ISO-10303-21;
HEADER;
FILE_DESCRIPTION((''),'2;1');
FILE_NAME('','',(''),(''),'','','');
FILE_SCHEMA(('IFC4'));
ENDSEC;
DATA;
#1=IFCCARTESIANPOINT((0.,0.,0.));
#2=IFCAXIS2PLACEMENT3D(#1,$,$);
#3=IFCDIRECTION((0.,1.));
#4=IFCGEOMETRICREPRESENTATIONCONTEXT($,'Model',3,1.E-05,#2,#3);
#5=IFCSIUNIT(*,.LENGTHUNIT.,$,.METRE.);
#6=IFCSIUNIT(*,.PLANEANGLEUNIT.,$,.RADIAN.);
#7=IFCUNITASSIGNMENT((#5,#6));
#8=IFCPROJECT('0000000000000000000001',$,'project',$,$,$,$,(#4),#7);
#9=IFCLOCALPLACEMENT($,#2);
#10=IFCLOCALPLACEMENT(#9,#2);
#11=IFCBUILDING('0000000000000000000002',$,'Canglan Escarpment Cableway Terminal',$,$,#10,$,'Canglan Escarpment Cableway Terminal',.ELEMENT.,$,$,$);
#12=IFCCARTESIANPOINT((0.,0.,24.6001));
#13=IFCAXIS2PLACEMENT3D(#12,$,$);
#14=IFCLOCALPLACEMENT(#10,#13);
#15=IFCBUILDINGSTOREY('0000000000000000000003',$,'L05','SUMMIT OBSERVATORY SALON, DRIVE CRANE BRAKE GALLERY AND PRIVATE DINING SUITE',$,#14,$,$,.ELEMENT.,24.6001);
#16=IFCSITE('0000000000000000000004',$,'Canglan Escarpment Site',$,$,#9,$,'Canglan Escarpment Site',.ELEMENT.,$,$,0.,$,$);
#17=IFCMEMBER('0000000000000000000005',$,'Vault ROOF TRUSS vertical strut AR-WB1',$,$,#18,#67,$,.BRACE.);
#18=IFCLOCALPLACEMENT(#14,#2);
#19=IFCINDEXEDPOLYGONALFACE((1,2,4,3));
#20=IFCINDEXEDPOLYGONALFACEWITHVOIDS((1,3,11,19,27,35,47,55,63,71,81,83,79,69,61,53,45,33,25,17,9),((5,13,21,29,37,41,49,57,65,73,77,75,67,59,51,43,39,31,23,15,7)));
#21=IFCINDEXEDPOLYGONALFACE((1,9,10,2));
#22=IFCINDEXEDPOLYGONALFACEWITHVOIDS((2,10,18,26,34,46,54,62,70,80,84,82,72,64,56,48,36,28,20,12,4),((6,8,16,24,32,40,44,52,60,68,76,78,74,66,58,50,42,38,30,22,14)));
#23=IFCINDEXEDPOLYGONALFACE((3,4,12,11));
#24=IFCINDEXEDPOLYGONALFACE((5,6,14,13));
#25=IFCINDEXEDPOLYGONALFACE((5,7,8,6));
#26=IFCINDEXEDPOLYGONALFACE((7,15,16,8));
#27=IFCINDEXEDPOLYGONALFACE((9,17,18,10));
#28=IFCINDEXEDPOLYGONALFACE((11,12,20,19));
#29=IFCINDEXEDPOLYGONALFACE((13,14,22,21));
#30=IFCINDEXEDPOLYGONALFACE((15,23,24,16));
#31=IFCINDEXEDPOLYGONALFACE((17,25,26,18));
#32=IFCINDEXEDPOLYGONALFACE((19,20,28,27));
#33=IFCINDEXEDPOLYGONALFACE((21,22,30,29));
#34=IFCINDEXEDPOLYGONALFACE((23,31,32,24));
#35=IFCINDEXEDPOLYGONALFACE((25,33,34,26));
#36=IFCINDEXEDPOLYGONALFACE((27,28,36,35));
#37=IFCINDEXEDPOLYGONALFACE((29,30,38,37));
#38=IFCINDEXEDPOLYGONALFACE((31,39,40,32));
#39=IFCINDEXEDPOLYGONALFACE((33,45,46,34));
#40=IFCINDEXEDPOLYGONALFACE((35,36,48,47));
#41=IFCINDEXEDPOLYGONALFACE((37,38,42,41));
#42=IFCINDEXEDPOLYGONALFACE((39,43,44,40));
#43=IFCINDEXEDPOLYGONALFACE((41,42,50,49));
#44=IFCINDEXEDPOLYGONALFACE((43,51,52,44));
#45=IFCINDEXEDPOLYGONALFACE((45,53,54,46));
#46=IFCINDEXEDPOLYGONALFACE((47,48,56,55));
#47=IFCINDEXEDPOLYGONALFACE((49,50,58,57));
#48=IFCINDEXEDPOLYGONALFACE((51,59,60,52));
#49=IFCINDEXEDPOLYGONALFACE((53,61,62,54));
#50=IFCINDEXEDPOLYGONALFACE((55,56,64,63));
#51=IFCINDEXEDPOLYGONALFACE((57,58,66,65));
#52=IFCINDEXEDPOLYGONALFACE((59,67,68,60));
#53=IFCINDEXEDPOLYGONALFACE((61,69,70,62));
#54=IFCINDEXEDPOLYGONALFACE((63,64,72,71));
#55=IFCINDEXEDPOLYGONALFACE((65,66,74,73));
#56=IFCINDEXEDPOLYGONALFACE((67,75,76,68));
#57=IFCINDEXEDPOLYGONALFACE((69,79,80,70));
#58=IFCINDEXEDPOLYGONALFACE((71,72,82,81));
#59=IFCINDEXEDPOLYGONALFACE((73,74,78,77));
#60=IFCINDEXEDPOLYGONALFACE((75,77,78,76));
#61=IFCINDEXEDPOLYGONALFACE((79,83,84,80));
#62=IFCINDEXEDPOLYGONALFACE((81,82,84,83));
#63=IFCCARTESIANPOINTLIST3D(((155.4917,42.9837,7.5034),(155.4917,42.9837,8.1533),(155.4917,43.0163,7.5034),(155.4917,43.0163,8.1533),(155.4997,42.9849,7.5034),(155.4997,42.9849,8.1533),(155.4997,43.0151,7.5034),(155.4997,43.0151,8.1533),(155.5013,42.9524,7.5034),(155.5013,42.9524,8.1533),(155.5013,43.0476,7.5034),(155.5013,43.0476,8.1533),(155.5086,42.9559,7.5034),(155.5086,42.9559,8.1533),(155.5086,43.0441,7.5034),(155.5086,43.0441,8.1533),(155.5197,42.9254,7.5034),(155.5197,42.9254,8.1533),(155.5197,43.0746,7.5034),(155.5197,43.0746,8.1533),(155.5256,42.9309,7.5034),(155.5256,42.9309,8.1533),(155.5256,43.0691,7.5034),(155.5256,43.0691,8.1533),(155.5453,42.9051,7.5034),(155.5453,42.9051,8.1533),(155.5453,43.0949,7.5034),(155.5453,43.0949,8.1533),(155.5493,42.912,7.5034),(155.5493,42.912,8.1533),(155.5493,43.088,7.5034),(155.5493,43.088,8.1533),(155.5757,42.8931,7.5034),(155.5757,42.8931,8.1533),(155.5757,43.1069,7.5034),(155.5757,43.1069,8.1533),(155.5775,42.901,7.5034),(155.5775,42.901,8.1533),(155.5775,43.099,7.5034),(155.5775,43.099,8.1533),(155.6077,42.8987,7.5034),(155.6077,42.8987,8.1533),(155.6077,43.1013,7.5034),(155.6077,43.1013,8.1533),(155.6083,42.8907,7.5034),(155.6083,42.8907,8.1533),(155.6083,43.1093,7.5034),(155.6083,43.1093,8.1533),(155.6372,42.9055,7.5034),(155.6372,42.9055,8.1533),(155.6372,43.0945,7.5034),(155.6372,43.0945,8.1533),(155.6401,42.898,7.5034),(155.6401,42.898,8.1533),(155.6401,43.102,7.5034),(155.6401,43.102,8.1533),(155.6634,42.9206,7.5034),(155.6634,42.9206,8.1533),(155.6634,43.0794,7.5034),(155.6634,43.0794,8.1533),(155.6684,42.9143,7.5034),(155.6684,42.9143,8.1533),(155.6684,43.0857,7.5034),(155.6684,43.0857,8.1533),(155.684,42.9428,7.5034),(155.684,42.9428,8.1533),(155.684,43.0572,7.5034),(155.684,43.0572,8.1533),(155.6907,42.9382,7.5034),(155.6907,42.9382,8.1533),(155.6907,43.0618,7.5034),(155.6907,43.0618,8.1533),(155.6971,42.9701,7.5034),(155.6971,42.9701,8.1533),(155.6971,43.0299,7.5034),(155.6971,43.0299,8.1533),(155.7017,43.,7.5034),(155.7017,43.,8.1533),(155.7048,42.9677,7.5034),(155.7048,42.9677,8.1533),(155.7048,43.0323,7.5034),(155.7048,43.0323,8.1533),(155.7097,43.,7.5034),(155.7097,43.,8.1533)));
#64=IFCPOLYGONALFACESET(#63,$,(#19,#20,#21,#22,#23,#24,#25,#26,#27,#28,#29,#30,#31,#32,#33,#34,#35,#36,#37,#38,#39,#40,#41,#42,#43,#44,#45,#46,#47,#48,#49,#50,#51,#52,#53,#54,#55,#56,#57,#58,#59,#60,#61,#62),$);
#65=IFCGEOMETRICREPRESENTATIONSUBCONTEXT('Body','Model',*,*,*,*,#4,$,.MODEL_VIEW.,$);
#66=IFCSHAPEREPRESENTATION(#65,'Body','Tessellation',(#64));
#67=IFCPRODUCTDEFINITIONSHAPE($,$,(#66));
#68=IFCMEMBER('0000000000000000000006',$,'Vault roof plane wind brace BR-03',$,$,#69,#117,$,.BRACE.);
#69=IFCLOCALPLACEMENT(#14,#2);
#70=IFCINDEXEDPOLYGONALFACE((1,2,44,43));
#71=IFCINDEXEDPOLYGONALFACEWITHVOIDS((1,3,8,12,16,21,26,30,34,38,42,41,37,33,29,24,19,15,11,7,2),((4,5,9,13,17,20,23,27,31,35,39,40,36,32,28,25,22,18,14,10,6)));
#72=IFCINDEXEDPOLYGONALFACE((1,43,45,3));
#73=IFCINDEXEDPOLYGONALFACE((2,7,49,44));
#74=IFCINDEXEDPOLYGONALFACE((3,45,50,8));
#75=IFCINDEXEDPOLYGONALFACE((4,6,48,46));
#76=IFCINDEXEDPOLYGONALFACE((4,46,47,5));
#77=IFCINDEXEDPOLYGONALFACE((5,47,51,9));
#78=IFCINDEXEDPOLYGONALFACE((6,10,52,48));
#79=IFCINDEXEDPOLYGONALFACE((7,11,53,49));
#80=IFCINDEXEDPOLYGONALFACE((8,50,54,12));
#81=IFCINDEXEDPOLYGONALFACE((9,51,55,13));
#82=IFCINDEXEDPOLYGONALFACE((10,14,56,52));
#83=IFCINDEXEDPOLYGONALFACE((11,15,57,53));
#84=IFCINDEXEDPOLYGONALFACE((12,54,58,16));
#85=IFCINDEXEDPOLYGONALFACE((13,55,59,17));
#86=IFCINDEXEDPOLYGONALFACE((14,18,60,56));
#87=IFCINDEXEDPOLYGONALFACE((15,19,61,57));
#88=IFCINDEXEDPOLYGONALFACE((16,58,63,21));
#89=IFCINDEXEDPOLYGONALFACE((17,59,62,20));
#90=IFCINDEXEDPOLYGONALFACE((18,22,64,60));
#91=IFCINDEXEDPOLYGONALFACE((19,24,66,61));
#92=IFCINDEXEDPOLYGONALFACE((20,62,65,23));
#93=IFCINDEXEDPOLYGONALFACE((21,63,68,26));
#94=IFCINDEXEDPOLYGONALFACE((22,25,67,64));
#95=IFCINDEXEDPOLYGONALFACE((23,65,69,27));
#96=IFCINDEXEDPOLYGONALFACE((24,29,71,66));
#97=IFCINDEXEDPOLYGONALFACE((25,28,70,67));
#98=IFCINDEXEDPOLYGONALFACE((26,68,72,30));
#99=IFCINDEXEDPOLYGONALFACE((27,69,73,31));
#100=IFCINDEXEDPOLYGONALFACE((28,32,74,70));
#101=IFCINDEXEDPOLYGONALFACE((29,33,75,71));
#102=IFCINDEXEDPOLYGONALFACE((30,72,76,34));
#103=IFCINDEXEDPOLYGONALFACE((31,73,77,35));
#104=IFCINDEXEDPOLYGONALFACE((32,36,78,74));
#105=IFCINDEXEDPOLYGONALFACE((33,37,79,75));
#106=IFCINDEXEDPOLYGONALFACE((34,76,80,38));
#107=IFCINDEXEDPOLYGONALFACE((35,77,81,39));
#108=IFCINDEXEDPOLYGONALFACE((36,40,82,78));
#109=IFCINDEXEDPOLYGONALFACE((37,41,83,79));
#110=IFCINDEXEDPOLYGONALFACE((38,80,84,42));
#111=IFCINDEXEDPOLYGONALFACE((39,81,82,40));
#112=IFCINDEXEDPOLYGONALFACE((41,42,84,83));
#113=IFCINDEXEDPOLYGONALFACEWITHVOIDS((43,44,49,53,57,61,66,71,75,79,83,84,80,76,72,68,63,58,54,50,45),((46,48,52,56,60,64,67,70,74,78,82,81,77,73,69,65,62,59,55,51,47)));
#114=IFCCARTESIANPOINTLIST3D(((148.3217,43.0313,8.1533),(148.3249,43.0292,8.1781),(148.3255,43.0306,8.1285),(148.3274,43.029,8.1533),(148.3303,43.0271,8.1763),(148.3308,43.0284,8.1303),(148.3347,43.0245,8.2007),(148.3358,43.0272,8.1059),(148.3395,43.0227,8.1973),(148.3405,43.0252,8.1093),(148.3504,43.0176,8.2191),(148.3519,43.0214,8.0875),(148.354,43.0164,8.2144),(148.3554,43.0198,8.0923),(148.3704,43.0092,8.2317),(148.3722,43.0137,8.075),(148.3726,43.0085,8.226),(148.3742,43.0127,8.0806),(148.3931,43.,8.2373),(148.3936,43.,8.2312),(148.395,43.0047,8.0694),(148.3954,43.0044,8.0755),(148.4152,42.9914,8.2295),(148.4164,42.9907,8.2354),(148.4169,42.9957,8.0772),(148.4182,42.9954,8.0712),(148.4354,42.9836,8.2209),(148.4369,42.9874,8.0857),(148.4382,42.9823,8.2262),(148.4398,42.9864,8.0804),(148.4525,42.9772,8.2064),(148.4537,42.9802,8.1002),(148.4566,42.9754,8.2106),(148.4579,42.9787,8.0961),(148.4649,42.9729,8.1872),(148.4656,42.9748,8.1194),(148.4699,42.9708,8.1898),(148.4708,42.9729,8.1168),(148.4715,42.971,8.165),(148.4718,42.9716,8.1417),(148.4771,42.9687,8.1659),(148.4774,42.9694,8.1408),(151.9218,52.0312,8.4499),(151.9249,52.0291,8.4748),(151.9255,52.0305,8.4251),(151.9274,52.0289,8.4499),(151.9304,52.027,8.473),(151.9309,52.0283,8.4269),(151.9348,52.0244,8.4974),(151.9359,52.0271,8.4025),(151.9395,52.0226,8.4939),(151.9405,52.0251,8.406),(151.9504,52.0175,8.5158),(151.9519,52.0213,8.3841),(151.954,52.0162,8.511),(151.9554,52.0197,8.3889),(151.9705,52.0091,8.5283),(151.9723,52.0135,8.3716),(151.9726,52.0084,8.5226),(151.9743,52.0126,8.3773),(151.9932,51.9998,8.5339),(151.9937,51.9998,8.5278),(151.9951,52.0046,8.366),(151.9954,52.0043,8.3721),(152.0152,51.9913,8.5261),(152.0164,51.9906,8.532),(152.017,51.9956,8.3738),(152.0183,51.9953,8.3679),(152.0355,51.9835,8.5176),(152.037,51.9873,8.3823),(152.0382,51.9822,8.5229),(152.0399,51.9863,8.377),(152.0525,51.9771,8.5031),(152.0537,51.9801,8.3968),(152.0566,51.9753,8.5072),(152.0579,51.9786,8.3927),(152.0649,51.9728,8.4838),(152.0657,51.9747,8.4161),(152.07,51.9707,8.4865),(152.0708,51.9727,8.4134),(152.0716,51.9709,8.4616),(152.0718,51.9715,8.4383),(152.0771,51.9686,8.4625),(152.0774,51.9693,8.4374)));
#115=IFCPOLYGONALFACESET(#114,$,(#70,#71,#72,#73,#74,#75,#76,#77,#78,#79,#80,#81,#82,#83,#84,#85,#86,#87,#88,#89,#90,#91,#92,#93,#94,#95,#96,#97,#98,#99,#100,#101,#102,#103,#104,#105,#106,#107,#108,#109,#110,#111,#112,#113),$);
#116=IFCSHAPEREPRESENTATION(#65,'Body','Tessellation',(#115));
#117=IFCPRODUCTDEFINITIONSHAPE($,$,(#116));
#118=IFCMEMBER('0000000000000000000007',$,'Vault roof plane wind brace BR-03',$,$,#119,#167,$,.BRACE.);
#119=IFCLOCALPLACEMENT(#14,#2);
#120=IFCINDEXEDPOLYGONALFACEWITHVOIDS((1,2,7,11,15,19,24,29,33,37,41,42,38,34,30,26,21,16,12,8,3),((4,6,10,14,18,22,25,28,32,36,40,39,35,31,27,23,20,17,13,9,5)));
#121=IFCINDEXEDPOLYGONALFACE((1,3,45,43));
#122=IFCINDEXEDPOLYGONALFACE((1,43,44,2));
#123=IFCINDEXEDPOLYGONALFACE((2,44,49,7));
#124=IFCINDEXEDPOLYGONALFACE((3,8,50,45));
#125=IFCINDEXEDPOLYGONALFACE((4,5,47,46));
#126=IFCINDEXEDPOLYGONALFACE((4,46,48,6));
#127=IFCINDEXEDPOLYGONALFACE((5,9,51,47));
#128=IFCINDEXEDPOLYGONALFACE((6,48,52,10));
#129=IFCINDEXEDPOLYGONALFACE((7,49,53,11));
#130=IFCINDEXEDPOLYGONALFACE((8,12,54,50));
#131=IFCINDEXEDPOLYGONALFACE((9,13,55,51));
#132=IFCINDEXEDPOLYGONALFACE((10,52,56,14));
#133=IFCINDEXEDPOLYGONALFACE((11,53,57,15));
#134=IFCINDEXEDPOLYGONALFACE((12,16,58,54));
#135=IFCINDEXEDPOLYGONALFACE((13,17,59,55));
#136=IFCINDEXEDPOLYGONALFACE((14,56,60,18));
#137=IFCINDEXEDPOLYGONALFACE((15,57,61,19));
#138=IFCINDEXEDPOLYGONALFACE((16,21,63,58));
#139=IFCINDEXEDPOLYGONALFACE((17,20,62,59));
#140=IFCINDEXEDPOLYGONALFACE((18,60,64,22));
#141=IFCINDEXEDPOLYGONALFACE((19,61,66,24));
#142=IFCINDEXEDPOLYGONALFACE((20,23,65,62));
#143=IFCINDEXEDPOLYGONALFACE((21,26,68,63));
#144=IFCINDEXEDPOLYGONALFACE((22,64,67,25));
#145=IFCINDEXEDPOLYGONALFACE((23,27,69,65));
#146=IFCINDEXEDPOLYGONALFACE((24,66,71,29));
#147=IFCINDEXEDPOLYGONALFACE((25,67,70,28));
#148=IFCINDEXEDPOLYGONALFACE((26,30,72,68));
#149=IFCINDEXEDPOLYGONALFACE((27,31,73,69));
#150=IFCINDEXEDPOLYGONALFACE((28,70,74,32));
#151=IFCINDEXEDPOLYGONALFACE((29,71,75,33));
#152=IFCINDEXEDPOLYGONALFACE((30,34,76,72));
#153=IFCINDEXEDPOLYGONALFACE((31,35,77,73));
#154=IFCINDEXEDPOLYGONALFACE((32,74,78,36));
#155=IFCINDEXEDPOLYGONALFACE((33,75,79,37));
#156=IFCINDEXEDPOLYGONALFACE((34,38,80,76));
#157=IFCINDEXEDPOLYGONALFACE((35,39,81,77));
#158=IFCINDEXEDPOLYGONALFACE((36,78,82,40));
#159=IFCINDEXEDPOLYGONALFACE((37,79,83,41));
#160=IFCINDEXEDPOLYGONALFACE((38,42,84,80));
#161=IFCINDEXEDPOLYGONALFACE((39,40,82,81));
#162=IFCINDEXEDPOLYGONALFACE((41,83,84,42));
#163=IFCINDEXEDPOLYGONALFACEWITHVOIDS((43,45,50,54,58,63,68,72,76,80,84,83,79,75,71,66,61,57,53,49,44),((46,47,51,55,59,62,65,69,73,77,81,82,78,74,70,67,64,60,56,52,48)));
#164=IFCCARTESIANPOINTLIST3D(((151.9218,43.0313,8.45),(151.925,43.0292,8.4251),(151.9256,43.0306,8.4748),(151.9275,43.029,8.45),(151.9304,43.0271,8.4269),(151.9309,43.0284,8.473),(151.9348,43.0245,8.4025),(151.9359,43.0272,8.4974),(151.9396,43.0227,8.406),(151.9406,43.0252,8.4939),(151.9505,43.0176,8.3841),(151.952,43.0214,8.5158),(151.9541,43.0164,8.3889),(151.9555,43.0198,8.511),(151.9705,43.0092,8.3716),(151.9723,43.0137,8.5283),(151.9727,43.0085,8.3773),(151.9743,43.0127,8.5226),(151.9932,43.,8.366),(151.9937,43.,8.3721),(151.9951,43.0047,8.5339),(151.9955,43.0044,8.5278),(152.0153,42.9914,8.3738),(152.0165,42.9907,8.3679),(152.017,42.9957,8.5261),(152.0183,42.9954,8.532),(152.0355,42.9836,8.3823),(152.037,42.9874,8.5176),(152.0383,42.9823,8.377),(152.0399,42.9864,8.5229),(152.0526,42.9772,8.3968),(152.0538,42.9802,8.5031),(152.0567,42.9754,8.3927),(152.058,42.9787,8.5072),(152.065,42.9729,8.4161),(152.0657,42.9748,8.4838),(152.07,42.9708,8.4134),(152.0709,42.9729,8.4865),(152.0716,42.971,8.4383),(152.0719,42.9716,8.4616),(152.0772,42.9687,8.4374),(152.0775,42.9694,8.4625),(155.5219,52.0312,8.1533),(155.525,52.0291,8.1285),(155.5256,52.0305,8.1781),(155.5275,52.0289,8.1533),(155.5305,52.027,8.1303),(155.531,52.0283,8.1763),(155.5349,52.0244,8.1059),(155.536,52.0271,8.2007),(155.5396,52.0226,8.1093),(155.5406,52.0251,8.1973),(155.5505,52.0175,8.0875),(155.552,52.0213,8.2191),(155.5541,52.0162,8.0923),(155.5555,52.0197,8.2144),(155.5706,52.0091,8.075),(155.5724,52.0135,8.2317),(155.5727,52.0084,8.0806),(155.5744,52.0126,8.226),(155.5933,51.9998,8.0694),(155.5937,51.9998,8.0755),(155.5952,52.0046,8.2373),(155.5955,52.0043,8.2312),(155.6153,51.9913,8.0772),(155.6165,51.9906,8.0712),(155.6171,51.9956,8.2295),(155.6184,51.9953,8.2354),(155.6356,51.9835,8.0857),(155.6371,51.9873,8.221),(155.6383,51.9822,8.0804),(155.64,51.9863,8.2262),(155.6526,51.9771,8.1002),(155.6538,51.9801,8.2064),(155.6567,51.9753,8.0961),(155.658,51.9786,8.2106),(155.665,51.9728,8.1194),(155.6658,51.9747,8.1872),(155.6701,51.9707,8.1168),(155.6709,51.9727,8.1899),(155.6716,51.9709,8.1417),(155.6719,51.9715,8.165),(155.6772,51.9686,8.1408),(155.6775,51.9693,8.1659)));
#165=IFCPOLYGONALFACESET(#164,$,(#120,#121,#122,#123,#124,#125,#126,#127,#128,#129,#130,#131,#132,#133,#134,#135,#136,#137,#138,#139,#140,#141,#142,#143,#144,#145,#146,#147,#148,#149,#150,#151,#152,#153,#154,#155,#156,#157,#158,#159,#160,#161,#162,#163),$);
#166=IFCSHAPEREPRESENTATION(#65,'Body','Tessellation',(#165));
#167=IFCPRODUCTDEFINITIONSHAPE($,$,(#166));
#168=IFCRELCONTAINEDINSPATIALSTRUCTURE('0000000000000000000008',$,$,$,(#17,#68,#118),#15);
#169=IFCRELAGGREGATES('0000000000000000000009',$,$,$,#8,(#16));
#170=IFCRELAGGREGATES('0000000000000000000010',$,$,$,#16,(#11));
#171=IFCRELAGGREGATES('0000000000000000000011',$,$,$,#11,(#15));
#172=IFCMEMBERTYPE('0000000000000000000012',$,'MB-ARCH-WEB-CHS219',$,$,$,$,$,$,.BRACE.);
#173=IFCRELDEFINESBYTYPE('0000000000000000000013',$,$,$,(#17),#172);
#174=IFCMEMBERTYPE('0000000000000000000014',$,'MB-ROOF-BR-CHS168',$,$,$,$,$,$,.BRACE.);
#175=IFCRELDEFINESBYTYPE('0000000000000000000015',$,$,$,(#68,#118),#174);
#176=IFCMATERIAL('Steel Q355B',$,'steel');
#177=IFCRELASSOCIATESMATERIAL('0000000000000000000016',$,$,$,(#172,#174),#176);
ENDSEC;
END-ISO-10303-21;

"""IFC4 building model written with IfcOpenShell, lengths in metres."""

from ifc_helpers import new_model, si_unit, direction, frame, origin, origin_2d, place, context, subcontext, project, spatial, hollow_circle, extrude, material, material_profile, profile_set, type_object, element, save


model = new_model("IFC4")

# Units and contexts
model_context = context("Model", 3, precision=1e-05, world=origin(), true_north=direction((0.0, 1.0)))
body_context = subcontext(model_context, "Body", "Model", "MODEL_VIEW")
ifc_project = project(units=[si_unit("LENGTHUNIT", "METRE"), si_unit("PLANEANGLEUNIT", "RADIAN")], contexts=[model_context])

# Site, building, storey
site_placement = place(None, origin())
site = spatial("IfcSite", under=ifc_project, at=site_placement, Name="Canglan Escarpment Site", LongName="Canglan Escarpment Site", CompositionType="ELEMENT", RefElevation=0.0)
building_placement = place(site_placement, origin())
building = spatial("IfcBuilding", under=site, at=building_placement, Name="Canglan Escarpment Cableway Terminal", LongName="Canglan Escarpment Cableway Terminal", CompositionType="ELEMENT")
storey_placement = place(building_placement, frame((0.0, 0.0, 24.6001)))
storey = spatial("IfcBuildingStorey", under=building, at=storey_placement, Name="L05", Description="SUMMIT OBSERVATORY SALON, DRIVE CRANE BRAKE GALLERY AND PRIVATE DINING SUITE", CompositionType="ELEMENT", Elevation=24.6001)

# Shared definitions
ifc_material_1 = material(Name="Steel Q355B", Category="steel")

# Members
ifc_material_profile_1 = material_profile(ifc_material_1, hollow_circle(Radius=0.1096, WallThickness=0.0081, at=origin_2d()), Name="CHS 219.1x8")
ifc_profile_set_1 = profile_set([ifc_material_profile_1], Name="Steel Q355B")
member_type_1 = type_object("IfcMemberType", Name="MB-ARCH-WEB-CHS219", PredefinedType="BRACE", material=ifc_profile_set_1)
member_1_placement = place(storey_placement, frame((155.6001, 43.0, 7.5034), z_axis=(0.0, 0.0, 1.0), x_axis=(1.0, 0.0, 0.0)))
element("IfcMember", 1, at=member_1_placement, inside=storey, type_object=member_type_1, Name="Vault ROOF TRUSS vertical strut AR-WB1", PredefinedType="BRACE", context=body_context, shape_type="SweptSolid", body=[
    extrude(hollow_circle(Radius=0.1096, WallThickness=0.0081, at=origin_2d()), origin(), (0.0, 0.0, 1.0), 0.6499),
])
ifc_material_profile_2 = material_profile(ifc_material_1, hollow_circle(Radius=0.0842, WallThickness=0.0061, at=origin_2d()), Name="CHS 168.3x6")
ifc_profile_set_2 = profile_set([ifc_material_profile_2], Name="Steel Q355B")
member_type_2 = type_object("IfcMemberType", Name="MB-ROOF-BR-CHS168", PredefinedType="BRACE", material=ifc_profile_set_2)
for number, where, z_axis, x_axis, name in (
    (2, (148.3999, 43.0, 8.1533), (0.371226, 0.928039, 0.030587), (-0.928473, 0.371399, 0.0), "Vault roof plane wind brace BR-03"),
    (3, (152.0, 43.0, 8.45), (0.371226, 0.928039, -0.030587), (-0.928473, 0.371399, 0.0), "Vault roof plane wind brace BR-03"),
):
    element("IfcMember", number, at=place(storey_placement, frame(where, z_axis=z_axis, x_axis=x_axis)), inside=storey, type_object=member_type_2, Name=name, PredefinedType="BRACE", context=body_context, shape_type="SweptSolid", body=[
        extrude(hollow_circle(Radius=0.0842, WallThickness=0.0061, at=origin_2d()), origin(), (0.0, 0.0, 1.0), 9.6978),
    ])

save(model, "model.ifc")
